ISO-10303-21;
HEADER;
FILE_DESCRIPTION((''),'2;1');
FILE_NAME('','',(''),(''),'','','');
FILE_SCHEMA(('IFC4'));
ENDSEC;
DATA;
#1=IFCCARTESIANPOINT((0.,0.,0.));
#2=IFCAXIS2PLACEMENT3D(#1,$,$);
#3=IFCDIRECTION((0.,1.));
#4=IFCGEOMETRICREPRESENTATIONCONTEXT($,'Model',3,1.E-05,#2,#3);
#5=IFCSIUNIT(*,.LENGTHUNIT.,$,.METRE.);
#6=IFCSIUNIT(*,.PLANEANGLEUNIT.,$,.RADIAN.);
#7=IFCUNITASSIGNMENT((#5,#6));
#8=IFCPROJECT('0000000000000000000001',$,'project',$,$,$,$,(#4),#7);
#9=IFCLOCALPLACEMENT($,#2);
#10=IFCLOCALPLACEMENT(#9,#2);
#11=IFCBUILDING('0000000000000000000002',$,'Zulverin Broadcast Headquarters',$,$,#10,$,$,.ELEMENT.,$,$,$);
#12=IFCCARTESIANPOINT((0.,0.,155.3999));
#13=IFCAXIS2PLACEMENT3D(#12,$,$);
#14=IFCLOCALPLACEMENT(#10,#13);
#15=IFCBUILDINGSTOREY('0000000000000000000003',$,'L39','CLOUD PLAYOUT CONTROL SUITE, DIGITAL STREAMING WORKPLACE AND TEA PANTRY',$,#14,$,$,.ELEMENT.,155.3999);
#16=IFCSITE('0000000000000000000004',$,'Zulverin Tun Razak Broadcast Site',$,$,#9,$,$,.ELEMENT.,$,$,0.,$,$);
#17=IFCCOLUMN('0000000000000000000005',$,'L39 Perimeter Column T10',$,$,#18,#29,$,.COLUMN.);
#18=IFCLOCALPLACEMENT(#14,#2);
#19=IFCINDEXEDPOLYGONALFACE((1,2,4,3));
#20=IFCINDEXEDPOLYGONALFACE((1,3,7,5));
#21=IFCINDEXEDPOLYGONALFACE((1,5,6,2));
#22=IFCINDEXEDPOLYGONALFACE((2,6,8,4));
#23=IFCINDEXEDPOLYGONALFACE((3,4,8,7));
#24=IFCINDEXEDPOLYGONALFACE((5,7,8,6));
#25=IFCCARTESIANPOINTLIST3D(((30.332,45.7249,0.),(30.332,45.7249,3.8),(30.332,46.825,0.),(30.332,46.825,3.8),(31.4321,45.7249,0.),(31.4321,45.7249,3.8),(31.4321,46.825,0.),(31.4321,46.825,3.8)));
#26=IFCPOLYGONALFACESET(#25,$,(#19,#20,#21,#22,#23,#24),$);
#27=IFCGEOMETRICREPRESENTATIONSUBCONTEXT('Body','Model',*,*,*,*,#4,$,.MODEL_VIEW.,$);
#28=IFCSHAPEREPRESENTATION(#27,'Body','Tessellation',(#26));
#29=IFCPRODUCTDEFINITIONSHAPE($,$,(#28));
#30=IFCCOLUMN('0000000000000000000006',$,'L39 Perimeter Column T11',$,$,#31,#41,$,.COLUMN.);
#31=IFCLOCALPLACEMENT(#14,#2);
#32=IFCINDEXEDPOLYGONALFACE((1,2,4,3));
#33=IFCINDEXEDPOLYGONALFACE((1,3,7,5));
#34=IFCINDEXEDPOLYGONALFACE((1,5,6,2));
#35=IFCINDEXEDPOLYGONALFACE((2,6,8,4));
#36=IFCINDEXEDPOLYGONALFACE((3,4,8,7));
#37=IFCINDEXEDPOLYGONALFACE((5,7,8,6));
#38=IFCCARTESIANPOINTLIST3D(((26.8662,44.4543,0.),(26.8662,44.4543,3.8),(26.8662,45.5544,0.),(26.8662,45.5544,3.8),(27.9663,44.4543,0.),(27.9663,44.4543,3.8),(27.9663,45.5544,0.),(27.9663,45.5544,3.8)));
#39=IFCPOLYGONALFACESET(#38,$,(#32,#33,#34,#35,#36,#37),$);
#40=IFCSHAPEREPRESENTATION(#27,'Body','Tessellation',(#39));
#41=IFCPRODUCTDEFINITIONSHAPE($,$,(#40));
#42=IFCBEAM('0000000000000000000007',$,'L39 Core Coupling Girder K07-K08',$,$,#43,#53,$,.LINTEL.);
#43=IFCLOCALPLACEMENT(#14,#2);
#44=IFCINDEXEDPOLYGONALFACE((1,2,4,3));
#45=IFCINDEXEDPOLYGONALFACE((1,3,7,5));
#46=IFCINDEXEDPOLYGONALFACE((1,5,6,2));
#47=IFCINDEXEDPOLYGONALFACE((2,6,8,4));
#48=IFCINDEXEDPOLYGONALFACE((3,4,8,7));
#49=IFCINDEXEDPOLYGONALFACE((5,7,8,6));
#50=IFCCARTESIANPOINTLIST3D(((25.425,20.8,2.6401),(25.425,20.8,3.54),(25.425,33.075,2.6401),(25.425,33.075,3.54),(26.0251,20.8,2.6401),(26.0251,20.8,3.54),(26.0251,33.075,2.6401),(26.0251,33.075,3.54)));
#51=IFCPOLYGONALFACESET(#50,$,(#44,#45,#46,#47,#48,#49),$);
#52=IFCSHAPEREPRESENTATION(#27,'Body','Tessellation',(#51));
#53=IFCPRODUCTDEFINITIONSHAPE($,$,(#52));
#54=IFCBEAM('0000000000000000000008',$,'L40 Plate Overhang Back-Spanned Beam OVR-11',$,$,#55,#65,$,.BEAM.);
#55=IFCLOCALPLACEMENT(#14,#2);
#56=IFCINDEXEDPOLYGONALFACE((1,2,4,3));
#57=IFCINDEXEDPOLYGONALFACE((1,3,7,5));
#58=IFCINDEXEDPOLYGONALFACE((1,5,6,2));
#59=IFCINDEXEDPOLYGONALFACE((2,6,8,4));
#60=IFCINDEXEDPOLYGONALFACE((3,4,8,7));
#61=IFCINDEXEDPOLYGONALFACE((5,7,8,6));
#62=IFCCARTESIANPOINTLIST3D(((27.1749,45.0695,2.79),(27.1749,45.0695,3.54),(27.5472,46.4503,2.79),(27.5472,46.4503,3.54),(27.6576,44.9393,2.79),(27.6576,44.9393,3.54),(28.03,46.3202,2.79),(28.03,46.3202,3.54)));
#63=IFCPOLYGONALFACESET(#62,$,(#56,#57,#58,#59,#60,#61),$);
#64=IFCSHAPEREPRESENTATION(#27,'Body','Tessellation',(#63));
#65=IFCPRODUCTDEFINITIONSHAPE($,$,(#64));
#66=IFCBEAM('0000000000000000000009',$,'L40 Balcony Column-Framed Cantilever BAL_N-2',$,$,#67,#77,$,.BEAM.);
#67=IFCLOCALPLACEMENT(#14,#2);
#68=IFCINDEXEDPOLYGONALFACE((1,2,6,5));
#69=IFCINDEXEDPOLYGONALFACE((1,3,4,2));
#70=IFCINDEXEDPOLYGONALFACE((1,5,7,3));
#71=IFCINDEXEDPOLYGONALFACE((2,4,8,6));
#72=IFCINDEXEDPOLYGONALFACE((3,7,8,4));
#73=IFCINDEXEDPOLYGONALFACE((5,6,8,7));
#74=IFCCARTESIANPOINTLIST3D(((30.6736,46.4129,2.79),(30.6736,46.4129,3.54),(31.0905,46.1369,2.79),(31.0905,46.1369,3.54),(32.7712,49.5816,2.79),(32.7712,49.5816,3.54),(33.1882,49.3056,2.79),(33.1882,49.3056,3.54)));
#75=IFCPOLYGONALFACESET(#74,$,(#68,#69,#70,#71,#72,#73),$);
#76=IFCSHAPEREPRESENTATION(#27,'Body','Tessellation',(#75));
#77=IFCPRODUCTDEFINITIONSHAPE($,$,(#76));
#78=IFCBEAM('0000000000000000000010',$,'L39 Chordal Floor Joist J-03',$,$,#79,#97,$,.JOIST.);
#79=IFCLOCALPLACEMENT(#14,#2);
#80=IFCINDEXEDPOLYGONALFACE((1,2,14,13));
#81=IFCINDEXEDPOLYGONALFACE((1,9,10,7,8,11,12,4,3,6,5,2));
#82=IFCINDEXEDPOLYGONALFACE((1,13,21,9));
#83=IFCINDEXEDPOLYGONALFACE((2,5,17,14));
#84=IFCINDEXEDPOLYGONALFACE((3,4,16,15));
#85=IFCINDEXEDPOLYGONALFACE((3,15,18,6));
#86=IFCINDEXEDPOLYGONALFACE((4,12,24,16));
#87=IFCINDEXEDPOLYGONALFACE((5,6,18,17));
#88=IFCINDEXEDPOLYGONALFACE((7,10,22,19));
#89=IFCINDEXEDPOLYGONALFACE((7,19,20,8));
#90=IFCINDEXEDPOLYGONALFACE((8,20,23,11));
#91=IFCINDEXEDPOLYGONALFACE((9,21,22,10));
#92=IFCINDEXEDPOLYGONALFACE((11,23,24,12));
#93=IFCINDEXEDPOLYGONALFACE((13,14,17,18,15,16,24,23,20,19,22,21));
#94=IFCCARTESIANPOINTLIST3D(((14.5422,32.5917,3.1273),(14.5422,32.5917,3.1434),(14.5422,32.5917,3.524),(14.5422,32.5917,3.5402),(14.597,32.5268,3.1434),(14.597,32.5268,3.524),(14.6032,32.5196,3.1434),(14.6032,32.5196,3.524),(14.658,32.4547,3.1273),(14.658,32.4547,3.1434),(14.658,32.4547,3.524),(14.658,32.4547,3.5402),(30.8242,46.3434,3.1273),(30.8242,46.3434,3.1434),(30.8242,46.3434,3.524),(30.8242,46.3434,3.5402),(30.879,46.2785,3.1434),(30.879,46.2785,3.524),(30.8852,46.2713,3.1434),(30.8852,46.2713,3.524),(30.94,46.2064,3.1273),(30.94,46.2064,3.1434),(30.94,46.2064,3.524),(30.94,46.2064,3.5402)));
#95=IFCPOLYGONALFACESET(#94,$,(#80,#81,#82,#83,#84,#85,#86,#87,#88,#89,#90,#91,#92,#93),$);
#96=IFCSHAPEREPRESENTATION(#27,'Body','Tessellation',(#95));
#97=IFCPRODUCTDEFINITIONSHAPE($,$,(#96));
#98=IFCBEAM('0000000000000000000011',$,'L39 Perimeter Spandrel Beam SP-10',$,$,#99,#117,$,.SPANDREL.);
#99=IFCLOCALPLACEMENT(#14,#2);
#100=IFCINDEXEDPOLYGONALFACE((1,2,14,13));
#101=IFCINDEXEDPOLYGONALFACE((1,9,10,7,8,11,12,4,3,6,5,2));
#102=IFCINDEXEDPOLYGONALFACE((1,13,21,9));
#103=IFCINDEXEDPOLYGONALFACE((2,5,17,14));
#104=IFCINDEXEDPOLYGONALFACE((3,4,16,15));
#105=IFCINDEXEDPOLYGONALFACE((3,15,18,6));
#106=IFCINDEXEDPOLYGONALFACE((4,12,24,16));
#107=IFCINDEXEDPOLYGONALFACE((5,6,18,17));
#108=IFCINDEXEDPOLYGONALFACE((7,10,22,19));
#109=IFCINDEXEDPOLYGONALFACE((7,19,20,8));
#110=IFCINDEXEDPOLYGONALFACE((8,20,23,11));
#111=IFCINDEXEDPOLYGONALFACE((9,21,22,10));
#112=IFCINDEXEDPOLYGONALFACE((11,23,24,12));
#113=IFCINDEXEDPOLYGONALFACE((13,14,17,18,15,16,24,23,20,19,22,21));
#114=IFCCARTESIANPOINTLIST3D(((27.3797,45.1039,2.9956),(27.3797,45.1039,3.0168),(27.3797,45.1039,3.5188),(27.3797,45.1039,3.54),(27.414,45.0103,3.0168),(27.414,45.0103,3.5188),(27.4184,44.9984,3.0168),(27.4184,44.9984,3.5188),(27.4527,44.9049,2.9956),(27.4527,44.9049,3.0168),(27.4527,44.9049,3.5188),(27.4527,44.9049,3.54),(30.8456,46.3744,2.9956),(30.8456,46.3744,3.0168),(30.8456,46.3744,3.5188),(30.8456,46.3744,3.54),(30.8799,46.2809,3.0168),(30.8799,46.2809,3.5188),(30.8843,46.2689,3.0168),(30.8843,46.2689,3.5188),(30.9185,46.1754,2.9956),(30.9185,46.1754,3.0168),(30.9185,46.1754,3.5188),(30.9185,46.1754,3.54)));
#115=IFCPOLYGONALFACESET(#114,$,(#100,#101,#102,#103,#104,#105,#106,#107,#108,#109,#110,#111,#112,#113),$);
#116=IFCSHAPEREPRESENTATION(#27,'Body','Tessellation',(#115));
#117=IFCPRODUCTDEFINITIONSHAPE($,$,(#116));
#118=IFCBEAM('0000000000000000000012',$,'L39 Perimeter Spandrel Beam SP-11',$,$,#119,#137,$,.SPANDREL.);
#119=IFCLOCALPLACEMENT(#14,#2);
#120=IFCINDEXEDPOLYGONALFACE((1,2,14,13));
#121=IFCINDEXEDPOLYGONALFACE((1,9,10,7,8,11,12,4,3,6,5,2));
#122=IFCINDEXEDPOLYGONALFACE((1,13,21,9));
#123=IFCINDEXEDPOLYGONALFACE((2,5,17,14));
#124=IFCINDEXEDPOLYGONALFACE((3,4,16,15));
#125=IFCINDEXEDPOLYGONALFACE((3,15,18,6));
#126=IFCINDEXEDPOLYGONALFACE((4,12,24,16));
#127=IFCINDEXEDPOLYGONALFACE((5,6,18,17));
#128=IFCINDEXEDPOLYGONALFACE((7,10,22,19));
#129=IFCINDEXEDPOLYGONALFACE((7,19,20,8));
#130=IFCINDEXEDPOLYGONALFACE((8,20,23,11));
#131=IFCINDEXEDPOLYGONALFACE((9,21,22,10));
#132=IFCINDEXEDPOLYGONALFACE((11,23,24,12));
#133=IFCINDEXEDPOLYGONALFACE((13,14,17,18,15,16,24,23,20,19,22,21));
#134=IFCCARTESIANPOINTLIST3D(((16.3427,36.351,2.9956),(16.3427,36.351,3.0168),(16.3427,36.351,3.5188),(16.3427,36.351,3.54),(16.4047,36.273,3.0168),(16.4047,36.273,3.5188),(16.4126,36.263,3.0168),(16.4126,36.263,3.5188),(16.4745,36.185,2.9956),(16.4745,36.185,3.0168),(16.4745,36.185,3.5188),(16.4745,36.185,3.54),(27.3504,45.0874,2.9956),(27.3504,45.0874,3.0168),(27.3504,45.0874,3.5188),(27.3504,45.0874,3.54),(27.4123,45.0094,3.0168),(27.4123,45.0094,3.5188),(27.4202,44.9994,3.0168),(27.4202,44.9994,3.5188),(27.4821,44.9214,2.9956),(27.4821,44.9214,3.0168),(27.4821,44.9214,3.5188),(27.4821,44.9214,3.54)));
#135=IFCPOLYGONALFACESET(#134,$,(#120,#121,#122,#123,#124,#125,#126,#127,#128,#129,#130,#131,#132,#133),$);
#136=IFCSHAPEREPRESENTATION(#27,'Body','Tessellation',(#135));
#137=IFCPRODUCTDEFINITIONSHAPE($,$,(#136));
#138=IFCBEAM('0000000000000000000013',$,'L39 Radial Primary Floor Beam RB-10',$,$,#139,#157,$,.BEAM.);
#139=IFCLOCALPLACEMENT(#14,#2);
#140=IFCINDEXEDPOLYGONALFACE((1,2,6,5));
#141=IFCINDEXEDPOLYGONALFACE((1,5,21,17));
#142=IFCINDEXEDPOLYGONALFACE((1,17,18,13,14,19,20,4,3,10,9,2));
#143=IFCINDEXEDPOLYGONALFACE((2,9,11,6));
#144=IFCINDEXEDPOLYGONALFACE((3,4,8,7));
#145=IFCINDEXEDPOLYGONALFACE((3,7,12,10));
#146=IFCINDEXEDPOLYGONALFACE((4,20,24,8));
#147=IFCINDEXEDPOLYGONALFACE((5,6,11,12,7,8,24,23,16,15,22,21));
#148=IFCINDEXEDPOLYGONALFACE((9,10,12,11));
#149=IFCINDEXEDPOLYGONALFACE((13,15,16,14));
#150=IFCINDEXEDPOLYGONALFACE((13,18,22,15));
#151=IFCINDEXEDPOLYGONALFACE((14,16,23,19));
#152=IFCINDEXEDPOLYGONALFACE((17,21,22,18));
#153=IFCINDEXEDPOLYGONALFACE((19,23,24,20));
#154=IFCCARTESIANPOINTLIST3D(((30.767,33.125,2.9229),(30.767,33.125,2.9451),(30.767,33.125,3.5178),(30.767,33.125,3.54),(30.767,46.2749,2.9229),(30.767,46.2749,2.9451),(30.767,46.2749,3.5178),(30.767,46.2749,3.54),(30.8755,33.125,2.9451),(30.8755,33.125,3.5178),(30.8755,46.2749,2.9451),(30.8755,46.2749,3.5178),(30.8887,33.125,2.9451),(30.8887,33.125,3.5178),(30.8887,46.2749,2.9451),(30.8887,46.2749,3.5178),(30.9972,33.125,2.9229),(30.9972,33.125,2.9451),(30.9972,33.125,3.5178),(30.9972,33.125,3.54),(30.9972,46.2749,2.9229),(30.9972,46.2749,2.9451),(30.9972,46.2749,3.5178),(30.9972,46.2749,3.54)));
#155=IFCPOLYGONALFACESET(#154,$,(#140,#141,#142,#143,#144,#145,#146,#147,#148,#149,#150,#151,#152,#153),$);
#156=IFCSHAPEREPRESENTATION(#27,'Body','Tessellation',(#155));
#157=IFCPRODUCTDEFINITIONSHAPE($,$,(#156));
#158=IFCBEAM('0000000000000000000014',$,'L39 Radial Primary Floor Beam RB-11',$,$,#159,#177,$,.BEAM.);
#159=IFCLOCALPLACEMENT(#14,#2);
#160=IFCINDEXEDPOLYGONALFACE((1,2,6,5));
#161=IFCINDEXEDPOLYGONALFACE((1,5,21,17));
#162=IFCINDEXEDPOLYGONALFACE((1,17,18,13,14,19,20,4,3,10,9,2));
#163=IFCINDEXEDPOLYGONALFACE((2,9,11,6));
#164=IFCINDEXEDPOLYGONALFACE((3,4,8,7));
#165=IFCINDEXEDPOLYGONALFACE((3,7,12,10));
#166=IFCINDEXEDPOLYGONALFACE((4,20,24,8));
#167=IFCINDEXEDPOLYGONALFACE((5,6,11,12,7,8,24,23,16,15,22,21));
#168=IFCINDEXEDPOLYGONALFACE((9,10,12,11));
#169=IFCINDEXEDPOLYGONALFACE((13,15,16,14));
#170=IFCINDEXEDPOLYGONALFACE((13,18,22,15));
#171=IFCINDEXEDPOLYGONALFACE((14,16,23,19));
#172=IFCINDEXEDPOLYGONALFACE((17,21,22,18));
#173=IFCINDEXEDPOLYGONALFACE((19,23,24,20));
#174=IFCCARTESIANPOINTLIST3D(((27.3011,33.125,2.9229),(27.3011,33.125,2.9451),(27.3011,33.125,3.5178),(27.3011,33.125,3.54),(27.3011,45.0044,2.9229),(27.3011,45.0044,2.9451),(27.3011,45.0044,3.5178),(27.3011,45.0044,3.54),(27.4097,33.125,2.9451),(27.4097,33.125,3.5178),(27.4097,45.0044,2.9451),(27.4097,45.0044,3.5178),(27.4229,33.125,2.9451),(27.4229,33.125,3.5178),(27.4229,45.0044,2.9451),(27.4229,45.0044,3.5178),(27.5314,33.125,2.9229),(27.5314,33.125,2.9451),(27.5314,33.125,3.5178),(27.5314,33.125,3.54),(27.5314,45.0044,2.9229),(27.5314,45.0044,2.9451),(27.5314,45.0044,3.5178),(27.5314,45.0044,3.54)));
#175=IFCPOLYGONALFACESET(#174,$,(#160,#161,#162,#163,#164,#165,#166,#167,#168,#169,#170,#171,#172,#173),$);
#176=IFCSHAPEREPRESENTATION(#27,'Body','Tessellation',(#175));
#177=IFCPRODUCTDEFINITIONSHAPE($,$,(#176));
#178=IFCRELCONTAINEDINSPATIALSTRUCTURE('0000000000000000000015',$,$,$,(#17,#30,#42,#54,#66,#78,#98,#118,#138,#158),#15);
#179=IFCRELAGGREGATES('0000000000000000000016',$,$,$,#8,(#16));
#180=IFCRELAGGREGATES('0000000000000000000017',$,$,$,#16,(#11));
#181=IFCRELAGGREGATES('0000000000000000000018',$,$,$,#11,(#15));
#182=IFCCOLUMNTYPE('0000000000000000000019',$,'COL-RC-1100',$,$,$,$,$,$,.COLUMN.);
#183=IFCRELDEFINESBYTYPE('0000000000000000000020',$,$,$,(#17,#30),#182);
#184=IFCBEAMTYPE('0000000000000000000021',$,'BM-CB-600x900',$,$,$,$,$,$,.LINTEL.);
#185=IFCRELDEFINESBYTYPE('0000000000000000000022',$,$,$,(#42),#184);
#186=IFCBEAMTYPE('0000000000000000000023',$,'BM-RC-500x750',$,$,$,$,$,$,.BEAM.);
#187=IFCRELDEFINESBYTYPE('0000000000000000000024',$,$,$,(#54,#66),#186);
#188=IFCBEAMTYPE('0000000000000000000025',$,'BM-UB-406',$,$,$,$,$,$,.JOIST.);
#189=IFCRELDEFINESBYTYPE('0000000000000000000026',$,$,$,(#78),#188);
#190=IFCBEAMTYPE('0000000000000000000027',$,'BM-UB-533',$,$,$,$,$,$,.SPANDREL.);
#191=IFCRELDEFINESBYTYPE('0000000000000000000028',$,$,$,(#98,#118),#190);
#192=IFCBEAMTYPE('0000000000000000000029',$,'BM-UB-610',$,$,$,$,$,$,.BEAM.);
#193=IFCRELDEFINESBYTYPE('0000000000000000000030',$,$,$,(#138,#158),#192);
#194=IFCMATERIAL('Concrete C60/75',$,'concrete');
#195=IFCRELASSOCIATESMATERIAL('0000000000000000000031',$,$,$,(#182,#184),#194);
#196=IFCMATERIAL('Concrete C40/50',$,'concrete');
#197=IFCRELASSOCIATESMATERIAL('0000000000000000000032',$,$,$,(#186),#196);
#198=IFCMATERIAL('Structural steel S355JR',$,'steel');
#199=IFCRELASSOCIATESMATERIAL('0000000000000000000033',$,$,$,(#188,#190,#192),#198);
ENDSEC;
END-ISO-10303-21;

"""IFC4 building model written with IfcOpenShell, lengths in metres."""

from ifc_helpers import new_model, si_unit, direction, frame, origin, origin_2d, place, context, subcontext, project, spatial, rectangle, i_section, extrude, material, material_profile, profile_set, type_object, element, save


model = new_model("IFC4")

# Units and contexts
model_context = context("Model", 3, precision=1e-05, world=origin(), true_north=direction((0.0, 1.0)))
body_context = subcontext(model_context, "Body", "Model", "MODEL_VIEW")
ifc_project = project(units=[si_unit("LENGTHUNIT", "METRE"), si_unit("PLANEANGLEUNIT", "RADIAN")], contexts=[model_context])

# Site, building, storey
site_placement = place(None, origin())
site = spatial("IfcSite", under=ifc_project, at=site_placement, Name="Zulverin Tun Razak Broadcast Site", CompositionType="ELEMENT", RefElevation=0.0)
building_placement = place(site_placement, origin())
building = spatial("IfcBuilding", under=site, at=building_placement, Name="Zulverin Broadcast Headquarters", CompositionType="ELEMENT")
storey_placement = place(building_placement, frame((0.0, 0.0, 155.3999)))
storey = spatial("IfcBuildingStorey", under=building, at=storey_placement, Name="L39", Description="CLOUD PLAYOUT CONTROL SUITE, DIGITAL STREAMING WORKPLACE AND TEA PANTRY", CompositionType="ELEMENT", Elevation=155.3999)

# Columns
ifc_material_1 = material(Name="Concrete C60/75", Category="concrete")
ifc_material_profile_1 = material_profile(ifc_material_1, rectangle(XDim=1.1001, YDim=1.1001, at=origin_2d()), Name="Concrete C60/75", Category="concrete")
ifc_profile_set_1 = profile_set([ifc_material_profile_1], Name="Concrete C60/75")
column_type = type_object("IfcColumnType", Name="COL-RC-1100", PredefinedType="COLUMN", material=ifc_profile_set_1)
for number, where, z_axis, x_axis, name in (
    (1, (30.8821, 46.2749, 0.0), (0.0, 0.0, 1.0), (1.0, 0.0, 0.0), "L39 Perimeter Column T10"),
    (2, (27.4163, 45.0044, 0.0), (0.0, 0.0, 1.0), (1.0, 0.0, 0.0), "L39 Perimeter Column T11"),
):
    element("IfcColumn", number, at=place(storey_placement, frame(where, z_axis=z_axis, x_axis=x_axis)), inside=storey, type_object=column_type, Name=name, PredefinedType="COLUMN", context=body_context, shape_type="SweptSolid", body=[
        extrude(rectangle(XDim=1.1001, YDim=1.1001, at=origin_2d()), origin(), (0.0, 0.0, 1.0), 3.8),
    ])

# Beams
ifc_material_profile_2 = material_profile(ifc_material_1, rectangle(XDim=0.6001, YDim=0.8999, at=origin_2d()), Name="Concrete C60/75", Category="concrete")
ifc_profile_set_2 = profile_set([ifc_material_profile_2], Name="Concrete C60/75")
beam_type_1 = type_object("IfcBeamType", Name="BM-CB-600x900", PredefinedType="LINTEL", material=ifc_profile_set_2)
beam_1_placement = place(storey_placement, frame((25.7251, 33.075, 3.0901), z_axis=(0.0, -1.0, 0.0), x_axis=(1.0, 0.0, 0.0)))
element("IfcBeam", 3, at=beam_1_placement, inside=storey, type_object=beam_type_1, Name="L39 Core Coupling Girder K07-K08", PredefinedType="LINTEL", context=body_context, shape_type="SweptSolid", body=[
    extrude(rectangle(XDim=0.6001, YDim=0.8999, at=origin_2d()), origin(), (0.0, 0.0, 1.0), 12.2749),
])
ifc_material_2 = material(Name="Concrete C40/50", Category="concrete")
ifc_material_profile_3 = material_profile(ifc_material_2, rectangle(XDim=0.5, YDim=0.75, at=origin_2d()), Name="Concrete C40/50", Category="concrete")
ifc_profile_set_3 = profile_set([ifc_material_profile_3], Name="Concrete C40/50")
beam_type_2 = type_object("IfcBeamType", Name="BM-RC-500x750", PredefinedType="BEAM", material=ifc_profile_set_3)
beam_2_placement = place(storey_placement, frame((27.4163, 45.0044, 3.165), z_axis=(0.260329, 0.96552, 0.0), x_axis=(-0.96552, 0.260329, 0.0)))
element("IfcBeam", 4, at=beam_2_placement, inside=storey, type_object=beam_type_2, Name="L40 Plate Overhang Back-Spanned Beam OVR-11", PredefinedType="BEAM", context=body_context, shape_type="SweptSolid", body=[
    extrude(rectangle(XDim=0.5, YDim=0.75, at=origin_2d()), origin(), (0.0, 0.0, 1.0), 1.4302),
])
beam_3_placement = place(storey_placement, frame((30.8821, 46.2749, 3.165), z_axis=(0.551999, 0.833845, 0.0), x_axis=(-0.833845, 0.551999, 0.0)))
element("IfcBeam", 5, at=beam_3_placement, inside=storey, type_object=beam_type_2, Name="L40 Balcony Column-Framed Cantilever BAL_N-2", PredefinedType="BEAM", context=body_context, shape_type="SweptSolid", body=[
    extrude(rectangle(XDim=0.5, YDim=0.75, at=origin_2d()), origin(), (0.0, 0.0, 1.0), 3.8),
])
ifc_material_3 = material(Name="Structural steel S355JR", Category="steel")
ifc_material_profile_4 = material_profile(ifc_material_3, i_section(OverallWidth=0.1794, OverallDepth=0.4128, WebThickness=0.0095, FlangeThickness=0.0161, at=origin_2d()), Name="Structural steel S355JR", Category="steel")
ifc_profile_set_4 = profile_set([ifc_material_profile_4], Name="Structural steel S355JR")
beam_type_3 = type_object("IfcBeamType", Name="BM-UB-406", PredefinedType="JOIST", material=ifc_profile_set_4)
beam_4_placement = place(storey_placement, frame((30.8821, 46.2749, 3.3337), z_axis=(-0.763973, -0.645249, 0.0), x_axis=(0.645249, -0.763973, 0.0)))
element("IfcBeam", 6, at=beam_4_placement, inside=storey, type_object=beam_type_3, Name="L39 Chordal Floor Joist J-03", PredefinedType="JOIST", context=body_context, shape_type="SweptSolid", body=[
    extrude(i_section(OverallWidth=0.1794, OverallDepth=0.4128, WebThickness=0.0095, FlangeThickness=0.0161, at=origin_2d()), origin(), (0.0, 0.0, 1.0), 21.3123),
])
ifc_material_profile_5 = material_profile(ifc_material_3, i_section(OverallWidth=0.2119, OverallDepth=0.5444, WebThickness=0.0127, FlangeThickness=0.0212, at=origin_2d()), Name="Structural steel S355JR", Category="steel")
ifc_profile_set_5 = profile_set([ifc_material_profile_5], Name="Structural steel S355JR")
beam_type_4 = type_object("IfcBeamType", Name="BM-UB-533", PredefinedType="SPANDREL", material=ifc_profile_set_5)
beam_5_placement = place(storey_placement, frame((30.8821, 46.2749, 3.2678), z_axis=(-0.938902, -0.344185, 0.0), x_axis=(0.344185, -0.938902, 0.0)))
element("IfcBeam", 7, at=beam_5_placement, inside=storey, type_object=beam_type_4, Name="L39 Perimeter Spandrel Beam SP-10", PredefinedType="SPANDREL", context=body_context, shape_type="SweptSolid", body=[
    extrude(i_section(OverallWidth=0.2119, OverallDepth=0.5444, WebThickness=0.0127, FlangeThickness=0.0212, at=origin_2d()), origin(), (0.0, 0.0, 1.0), 3.6914),
])
beam_6_placement = place(storey_placement, frame((27.4163, 45.0044, 3.2678), z_axis=(-0.783283, -0.621665, 0.0), x_axis=(0.621665, -0.783283, 0.0)))
element("IfcBeam", 8, at=beam_6_placement, inside=storey, type_object=beam_type_4, Name="L39 Perimeter Spandrel Beam SP-11", PredefinedType="SPANDREL", context=body_context, shape_type="SweptSolid", body=[
    extrude(i_section(OverallWidth=0.2119, OverallDepth=0.5444, WebThickness=0.0127, FlangeThickness=0.0212, at=origin_2d()), origin(), (0.0, 0.0, 1.0), 14.0532),
])
ifc_material_profile_6 = material_profile(ifc_material_3, i_section(OverallWidth=0.2302, OverallDepth=0.6172, WebThickness=0.0132, FlangeThickness=0.0222, at=origin_2d()), Name="Structural steel S355JR", Category="steel")
ifc_profile_set_6 = profile_set([ifc_material_profile_6], Name="Structural steel S355JR")
beam_type_5 = type_object("IfcBeamType", Name="BM-UB-610", PredefinedType="BEAM", material=ifc_profile_set_6)
beam_7_placement = place(storey_placement, frame((30.8821, 33.125, 3.2314), z_axis=(0.0, 1.0, 0.0), x_axis=(-1.0, 0.0, 0.0)))
element("IfcBeam", 9, at=beam_7_placement, inside=storey, type_object=beam_type_5, Name="L39 Radial Primary Floor Beam RB-10", PredefinedType="BEAM", context=body_context, shape_type="SweptSolid", body=[
    extrude(i_section(OverallWidth=0.2302, OverallDepth=0.6172, WebThickness=0.0132, FlangeThickness=0.0222, at=origin_2d()), origin(), (0.0, 0.0, 1.0), 13.1499),
])
beam_8_placement = place(storey_placement, frame((27.4163, 33.125, 3.2314), z_axis=(0.0, 1.0, 0.0), x_axis=(-1.0, 0.0, 0.0)))
element("IfcBeam", 10, at=beam_8_placement, inside=storey, type_object=beam_type_5, Name="L39 Radial Primary Floor Beam RB-11", PredefinedType="BEAM", context=body_context, shape_type="SweptSolid", body=[
    extrude(i_section(OverallWidth=0.2302, OverallDepth=0.6172, WebThickness=0.0132, FlangeThickness=0.0222, at=origin_2d()), origin(), (0.0, 0.0, 1.0), 11.8794),
])

save(model, "model.ifc")
